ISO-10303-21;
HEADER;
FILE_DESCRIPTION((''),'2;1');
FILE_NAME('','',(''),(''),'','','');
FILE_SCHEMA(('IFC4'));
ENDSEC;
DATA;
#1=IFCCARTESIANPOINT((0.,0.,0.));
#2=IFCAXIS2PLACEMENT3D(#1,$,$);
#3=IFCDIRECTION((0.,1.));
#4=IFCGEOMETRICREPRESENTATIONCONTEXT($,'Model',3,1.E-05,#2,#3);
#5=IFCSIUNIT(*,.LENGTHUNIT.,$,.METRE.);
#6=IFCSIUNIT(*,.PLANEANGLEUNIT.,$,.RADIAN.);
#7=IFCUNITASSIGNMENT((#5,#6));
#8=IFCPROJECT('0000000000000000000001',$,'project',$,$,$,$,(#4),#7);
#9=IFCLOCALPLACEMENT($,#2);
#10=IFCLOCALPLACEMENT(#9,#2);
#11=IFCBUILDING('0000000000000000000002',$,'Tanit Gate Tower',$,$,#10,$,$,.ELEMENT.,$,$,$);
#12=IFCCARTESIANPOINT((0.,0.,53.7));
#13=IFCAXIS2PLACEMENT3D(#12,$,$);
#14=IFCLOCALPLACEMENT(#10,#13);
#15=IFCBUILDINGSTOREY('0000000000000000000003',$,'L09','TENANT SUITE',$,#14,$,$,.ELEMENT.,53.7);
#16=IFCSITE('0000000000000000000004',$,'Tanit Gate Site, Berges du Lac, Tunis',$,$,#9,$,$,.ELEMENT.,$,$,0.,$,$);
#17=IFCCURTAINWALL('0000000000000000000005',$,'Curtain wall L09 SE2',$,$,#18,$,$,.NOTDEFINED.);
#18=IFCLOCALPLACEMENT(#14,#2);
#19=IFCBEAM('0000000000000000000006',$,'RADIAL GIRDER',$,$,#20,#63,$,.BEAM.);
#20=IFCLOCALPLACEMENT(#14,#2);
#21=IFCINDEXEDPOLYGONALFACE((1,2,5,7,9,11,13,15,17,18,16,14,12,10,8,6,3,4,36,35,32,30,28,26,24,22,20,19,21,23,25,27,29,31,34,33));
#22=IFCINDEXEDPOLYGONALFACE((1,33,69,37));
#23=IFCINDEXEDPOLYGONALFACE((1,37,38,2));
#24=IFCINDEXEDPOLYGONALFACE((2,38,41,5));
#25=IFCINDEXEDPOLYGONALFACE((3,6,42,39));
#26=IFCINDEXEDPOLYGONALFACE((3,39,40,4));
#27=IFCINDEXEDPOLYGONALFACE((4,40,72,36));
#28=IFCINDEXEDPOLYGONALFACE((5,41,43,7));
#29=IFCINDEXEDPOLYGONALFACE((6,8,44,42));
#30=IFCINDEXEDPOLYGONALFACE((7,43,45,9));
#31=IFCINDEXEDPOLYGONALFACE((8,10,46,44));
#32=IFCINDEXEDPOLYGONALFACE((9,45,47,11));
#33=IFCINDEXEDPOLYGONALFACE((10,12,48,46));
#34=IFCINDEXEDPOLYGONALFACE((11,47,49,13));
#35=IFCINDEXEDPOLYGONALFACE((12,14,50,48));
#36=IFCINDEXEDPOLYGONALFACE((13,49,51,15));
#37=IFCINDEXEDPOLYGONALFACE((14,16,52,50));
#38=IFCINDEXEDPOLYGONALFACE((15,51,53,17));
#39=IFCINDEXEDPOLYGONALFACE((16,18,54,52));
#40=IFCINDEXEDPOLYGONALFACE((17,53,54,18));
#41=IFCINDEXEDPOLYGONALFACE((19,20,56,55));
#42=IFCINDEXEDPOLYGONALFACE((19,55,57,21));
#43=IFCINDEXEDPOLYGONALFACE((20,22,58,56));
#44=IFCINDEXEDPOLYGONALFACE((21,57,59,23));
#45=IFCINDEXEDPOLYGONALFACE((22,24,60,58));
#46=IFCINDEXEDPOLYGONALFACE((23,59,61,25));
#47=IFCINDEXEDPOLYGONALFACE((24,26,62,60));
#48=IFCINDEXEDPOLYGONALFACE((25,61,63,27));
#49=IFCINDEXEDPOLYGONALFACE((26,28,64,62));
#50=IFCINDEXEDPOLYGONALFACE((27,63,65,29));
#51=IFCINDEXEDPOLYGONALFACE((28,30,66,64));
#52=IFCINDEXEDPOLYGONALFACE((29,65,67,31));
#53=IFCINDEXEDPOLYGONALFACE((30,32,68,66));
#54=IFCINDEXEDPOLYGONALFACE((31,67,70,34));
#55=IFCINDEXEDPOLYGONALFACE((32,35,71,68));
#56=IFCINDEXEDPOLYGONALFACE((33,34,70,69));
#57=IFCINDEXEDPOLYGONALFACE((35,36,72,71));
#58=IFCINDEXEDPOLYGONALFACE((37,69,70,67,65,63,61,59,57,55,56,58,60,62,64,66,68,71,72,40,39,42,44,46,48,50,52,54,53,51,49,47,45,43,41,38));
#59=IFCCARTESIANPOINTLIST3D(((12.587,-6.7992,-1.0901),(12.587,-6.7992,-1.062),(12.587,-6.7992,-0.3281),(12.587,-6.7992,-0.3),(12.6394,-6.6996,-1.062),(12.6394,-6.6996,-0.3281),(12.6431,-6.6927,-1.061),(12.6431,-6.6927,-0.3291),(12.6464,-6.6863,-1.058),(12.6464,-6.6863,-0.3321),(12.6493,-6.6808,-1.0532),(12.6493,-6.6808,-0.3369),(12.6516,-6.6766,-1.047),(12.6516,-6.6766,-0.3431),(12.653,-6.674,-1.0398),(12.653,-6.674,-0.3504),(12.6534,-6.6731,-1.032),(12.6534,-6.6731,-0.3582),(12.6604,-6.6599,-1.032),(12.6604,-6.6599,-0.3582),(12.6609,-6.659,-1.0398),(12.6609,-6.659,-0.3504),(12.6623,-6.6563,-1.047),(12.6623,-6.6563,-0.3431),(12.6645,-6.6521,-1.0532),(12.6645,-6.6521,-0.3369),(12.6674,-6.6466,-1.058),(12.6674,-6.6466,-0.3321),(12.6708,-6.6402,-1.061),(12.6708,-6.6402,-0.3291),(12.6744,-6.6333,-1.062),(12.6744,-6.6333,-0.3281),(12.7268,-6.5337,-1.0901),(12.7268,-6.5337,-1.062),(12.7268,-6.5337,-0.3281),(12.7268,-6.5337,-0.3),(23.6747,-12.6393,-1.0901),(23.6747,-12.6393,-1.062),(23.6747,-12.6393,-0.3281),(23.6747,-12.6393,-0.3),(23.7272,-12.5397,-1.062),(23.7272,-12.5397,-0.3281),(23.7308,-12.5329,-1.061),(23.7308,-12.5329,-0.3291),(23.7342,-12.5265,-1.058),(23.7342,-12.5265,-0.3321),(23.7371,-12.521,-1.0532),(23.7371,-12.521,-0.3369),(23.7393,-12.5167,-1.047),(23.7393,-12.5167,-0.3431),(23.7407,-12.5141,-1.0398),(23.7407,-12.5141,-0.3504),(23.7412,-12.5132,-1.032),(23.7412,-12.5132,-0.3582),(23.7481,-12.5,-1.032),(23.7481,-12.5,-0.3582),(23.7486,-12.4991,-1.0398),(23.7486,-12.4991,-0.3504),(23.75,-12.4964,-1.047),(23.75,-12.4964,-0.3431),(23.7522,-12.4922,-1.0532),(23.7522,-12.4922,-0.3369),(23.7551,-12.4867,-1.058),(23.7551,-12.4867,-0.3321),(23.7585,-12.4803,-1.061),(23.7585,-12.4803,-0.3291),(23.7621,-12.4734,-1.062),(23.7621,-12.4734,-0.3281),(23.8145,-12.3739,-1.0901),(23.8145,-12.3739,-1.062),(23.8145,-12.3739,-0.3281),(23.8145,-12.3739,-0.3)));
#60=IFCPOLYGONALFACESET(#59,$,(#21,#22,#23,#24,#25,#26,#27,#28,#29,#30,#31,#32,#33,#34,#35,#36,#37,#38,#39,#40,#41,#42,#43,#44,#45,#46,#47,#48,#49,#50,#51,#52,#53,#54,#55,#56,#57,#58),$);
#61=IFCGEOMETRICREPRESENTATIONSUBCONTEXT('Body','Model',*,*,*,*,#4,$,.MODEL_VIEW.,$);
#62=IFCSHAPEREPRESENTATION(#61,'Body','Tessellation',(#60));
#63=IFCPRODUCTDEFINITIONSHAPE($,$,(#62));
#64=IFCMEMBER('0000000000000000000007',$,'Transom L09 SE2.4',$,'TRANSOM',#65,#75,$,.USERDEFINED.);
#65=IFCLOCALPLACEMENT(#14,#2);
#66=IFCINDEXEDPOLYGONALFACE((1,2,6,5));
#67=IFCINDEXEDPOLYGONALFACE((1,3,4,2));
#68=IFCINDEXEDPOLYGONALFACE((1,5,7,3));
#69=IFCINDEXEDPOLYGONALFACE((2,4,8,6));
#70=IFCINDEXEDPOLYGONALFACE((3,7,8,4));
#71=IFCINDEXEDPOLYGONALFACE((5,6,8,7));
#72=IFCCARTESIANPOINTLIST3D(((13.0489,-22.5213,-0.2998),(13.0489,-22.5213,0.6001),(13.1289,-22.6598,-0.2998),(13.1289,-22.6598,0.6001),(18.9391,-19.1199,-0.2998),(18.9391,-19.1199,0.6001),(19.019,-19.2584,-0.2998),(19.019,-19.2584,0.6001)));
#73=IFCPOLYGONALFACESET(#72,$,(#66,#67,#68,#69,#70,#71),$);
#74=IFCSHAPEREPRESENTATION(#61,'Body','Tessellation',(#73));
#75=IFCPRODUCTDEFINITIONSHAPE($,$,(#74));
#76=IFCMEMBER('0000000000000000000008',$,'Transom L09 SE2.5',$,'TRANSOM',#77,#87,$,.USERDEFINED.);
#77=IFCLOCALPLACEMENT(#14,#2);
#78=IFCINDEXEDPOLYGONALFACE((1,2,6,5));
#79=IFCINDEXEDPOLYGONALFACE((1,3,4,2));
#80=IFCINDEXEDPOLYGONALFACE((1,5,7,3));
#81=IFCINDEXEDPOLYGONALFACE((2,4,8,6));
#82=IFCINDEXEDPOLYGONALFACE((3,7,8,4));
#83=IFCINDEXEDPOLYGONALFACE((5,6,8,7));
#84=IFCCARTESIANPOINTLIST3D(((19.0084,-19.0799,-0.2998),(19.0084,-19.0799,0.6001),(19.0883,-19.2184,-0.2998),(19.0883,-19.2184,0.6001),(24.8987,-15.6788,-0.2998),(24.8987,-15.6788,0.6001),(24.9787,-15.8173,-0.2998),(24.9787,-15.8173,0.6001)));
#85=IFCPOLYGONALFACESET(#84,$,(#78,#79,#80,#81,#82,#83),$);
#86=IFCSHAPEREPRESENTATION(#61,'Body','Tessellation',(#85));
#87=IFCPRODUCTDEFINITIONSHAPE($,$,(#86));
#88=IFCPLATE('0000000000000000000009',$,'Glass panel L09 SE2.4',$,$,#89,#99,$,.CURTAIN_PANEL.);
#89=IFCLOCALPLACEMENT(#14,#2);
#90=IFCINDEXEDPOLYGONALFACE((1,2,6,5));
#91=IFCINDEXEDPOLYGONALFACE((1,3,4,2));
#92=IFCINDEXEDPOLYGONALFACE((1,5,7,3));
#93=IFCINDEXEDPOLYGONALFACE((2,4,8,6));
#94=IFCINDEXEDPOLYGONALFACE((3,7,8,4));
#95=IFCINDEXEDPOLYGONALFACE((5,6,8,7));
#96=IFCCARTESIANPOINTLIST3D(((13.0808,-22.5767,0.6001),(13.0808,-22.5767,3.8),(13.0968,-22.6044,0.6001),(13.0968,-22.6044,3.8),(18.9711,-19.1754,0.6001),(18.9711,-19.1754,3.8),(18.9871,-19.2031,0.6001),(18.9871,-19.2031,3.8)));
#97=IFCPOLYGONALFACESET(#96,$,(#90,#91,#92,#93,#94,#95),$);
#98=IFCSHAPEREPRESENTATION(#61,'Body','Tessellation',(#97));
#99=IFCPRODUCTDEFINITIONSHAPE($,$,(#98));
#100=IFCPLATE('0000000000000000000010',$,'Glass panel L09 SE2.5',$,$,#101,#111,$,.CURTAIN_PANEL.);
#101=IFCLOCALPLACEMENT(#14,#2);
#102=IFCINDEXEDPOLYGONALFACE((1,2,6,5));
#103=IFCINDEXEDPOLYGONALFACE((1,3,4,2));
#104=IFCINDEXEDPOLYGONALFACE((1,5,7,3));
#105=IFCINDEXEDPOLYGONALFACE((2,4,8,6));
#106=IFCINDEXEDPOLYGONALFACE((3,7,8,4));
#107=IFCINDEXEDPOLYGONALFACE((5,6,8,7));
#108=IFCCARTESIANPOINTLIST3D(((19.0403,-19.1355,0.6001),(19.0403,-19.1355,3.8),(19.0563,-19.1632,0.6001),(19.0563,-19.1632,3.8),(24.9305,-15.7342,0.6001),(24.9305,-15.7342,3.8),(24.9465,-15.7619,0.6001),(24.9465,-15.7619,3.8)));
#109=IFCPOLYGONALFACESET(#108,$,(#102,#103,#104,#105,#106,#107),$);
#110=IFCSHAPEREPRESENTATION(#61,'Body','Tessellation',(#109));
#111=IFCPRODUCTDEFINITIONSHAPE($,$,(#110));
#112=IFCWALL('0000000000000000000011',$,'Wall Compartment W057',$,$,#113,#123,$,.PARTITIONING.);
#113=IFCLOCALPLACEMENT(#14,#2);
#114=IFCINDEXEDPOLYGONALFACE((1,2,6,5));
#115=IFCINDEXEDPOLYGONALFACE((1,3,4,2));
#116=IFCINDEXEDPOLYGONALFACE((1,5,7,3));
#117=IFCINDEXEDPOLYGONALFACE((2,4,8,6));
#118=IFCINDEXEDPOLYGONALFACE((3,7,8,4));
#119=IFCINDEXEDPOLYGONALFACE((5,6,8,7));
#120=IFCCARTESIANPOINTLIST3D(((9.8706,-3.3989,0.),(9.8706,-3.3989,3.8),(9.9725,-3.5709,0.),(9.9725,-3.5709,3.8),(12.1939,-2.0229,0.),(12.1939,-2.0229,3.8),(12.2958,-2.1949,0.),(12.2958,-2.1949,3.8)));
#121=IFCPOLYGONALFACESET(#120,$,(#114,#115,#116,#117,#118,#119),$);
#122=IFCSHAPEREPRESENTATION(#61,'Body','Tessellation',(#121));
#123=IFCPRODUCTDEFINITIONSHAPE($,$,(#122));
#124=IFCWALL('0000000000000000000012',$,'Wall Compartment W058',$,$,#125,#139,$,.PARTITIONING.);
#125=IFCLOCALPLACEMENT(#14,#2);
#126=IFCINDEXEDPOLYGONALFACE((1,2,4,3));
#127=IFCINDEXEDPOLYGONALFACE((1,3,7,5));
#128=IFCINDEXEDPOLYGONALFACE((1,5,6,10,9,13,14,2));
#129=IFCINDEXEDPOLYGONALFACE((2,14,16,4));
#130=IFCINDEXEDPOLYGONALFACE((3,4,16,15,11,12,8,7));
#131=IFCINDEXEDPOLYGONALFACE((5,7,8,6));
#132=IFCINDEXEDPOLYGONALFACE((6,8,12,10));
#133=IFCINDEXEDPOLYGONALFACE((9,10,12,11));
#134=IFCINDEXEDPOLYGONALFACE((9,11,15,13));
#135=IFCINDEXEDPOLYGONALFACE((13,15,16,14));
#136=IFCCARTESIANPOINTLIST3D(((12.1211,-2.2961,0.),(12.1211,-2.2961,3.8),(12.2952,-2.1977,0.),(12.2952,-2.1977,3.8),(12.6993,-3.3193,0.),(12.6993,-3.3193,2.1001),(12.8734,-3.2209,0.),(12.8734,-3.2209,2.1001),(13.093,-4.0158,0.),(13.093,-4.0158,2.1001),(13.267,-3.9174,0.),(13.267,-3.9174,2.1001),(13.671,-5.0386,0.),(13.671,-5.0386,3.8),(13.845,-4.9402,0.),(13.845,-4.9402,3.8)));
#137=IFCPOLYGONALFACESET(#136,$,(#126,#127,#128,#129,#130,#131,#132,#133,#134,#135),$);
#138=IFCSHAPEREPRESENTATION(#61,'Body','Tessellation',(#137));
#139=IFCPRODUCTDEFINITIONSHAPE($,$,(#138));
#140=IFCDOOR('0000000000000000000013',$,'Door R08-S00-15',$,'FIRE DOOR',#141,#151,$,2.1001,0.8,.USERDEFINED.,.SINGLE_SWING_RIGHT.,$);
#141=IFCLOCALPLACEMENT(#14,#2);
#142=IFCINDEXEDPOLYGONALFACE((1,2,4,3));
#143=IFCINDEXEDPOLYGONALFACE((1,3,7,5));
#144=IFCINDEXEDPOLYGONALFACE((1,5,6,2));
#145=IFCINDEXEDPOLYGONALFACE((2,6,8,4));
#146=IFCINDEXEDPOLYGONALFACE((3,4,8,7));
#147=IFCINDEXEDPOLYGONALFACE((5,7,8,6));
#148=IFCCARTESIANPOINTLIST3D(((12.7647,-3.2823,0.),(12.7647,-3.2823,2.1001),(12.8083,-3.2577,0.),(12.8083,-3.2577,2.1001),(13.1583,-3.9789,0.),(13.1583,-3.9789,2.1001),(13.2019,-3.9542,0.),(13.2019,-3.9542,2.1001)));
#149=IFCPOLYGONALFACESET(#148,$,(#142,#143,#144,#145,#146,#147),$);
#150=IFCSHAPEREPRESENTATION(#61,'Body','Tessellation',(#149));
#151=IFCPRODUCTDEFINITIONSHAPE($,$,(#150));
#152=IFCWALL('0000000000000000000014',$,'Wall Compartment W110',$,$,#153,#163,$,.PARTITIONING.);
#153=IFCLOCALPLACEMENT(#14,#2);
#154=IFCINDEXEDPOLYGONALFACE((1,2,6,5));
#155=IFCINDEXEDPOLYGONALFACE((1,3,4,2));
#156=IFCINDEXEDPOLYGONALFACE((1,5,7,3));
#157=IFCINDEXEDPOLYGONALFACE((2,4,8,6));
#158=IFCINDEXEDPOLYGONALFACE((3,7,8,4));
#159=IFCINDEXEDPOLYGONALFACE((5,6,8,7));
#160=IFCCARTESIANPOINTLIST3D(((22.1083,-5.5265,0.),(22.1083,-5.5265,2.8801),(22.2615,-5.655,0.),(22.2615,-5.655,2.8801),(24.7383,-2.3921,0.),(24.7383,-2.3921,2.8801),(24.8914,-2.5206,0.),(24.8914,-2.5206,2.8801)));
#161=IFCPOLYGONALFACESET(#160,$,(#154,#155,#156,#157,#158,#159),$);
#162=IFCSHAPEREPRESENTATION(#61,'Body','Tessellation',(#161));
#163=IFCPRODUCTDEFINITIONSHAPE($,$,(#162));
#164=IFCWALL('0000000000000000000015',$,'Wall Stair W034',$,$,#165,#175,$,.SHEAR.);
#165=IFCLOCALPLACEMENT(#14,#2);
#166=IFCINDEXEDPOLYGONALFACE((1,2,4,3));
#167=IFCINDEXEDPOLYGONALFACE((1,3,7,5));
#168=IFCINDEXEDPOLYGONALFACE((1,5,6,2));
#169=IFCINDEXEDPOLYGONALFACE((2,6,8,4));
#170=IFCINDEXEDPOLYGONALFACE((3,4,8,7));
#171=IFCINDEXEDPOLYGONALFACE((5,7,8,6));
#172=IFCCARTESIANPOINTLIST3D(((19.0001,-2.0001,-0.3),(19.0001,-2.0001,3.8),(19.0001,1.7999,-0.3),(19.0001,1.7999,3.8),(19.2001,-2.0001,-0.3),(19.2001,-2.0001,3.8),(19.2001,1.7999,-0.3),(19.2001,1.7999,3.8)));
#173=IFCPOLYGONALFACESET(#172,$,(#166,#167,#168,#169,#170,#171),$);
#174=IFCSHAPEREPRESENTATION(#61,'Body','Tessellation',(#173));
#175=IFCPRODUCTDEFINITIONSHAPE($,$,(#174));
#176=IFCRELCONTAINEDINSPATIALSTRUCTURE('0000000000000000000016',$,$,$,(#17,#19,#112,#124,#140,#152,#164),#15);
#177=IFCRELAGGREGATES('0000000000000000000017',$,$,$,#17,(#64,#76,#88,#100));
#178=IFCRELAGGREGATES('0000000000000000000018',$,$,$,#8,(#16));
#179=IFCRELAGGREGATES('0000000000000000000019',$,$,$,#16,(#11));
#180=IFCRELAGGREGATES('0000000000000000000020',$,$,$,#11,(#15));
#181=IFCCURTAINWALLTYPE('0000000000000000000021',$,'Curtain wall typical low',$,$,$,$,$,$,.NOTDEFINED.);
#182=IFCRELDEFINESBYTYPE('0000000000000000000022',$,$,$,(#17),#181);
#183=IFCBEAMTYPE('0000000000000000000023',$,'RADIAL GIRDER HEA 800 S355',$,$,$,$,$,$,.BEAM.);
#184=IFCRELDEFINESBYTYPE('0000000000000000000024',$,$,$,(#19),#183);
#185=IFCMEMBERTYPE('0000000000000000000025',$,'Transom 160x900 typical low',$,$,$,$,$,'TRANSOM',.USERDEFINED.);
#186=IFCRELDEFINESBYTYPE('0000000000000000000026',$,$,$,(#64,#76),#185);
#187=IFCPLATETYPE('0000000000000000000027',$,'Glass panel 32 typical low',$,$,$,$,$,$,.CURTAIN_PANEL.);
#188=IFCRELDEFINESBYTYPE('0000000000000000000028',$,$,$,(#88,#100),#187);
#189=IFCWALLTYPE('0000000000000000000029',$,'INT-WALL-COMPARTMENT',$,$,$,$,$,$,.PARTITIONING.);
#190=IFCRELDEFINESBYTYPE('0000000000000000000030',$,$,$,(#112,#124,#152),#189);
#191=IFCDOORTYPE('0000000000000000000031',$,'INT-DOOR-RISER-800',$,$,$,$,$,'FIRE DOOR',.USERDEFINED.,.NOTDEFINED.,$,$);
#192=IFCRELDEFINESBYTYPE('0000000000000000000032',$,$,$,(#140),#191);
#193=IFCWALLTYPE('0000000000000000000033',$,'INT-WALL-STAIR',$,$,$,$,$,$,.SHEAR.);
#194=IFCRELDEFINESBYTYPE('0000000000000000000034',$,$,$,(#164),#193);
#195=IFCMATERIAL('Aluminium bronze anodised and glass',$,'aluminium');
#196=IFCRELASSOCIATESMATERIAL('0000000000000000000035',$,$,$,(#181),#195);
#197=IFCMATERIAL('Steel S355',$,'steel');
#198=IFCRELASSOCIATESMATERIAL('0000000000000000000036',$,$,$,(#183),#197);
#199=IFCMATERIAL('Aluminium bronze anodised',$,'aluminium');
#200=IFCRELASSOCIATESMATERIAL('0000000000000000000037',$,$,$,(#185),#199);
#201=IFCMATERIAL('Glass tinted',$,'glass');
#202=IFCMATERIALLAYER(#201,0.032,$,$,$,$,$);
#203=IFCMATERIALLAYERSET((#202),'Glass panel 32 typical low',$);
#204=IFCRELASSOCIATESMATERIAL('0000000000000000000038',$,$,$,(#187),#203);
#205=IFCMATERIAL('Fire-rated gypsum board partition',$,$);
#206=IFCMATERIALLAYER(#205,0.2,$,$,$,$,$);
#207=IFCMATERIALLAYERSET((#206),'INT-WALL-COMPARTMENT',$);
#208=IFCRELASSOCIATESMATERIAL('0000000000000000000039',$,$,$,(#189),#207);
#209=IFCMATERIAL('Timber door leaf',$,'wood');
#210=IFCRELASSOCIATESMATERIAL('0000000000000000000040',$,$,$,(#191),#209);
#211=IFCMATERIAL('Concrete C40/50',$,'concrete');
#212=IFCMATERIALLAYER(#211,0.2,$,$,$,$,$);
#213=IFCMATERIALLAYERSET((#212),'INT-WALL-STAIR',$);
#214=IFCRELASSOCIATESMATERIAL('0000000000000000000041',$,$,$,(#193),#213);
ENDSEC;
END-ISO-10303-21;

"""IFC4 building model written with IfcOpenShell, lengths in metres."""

from ifc_helpers import new_model, si_unit, direction, frame, frame_2d, origin, origin_2d, place, context, subcontext, project, spatial, rectangle, i_section, extrude, material, layer, layer_set, material_profile, profile_set, type_object, element, fill, aggregate, save


model = new_model("IFC4")

# Units and contexts
model_context = context("Model", 3, precision=1e-05, world=origin(), true_north=direction((0.0, 1.0)))
body_context = subcontext(model_context, "Body", "Model", "MODEL_VIEW")
ifc_project = project(units=[si_unit("LENGTHUNIT", "METRE"), si_unit("PLANEANGLEUNIT", "RADIAN")], contexts=[model_context])

# Site, building, storey
site_placement = place(None, origin())
site = spatial("IfcSite", under=ifc_project, at=site_placement, Name="Tanit Gate Site, Berges du Lac, Tunis", CompositionType="ELEMENT", RefElevation=0.0)
building_placement = place(site_placement, origin())
building = spatial("IfcBuilding", under=site, at=building_placement, Name="Tanit Gate Tower", CompositionType="ELEMENT")
storey_placement = place(building_placement, frame((0.0, 0.0, 53.7)))
storey = spatial("IfcBuildingStorey", under=building, at=storey_placement, Name="L09", Description="TENANT SUITE", CompositionType="ELEMENT", Elevation=53.7)

# Curtain wall
ifc_material_1 = material(Name="Aluminium bronze anodised and glass", Category="aluminium")
curtain_wall_type = type_object("IfcCurtainWallType", Name="Curtain wall typical low", PredefinedType="NOTDEFINED", material=ifc_material_1)
curtain_wall_placement = place(storey_placement, origin())
curtain_wall = element("IfcCurtainWall", 1, at=curtain_wall_placement, inside=storey, type_object=curtain_wall_type, Name="Curtain wall L09 SE2", PredefinedType="NOTDEFINED")

# Beam
ifc_material_2 = material(Name="Steel S355", Category="steel")
ifc_material_profile_1 = material_profile(ifc_material_2, i_section(OverallWidth=0.3, OverallDepth=0.79, WebThickness=0.0149, FlangeThickness=0.0281, FilletRadius=0.03, at=origin_2d()), Name="HEA 800")
ifc_profile_set_1 = profile_set([ifc_material_profile_1], Name="Steel S355")
beam_type_1 = type_object("IfcBeamType", Name="RADIAL GIRDER HEA 800 S355", PredefinedType="BEAM", material=ifc_profile_set_1)
beam_1_placement = place(storey_placement, frame((23.7446, -12.5066, -0.6951), z_axis=(-0.884771, 0.466027, 0.0), x_axis=(-0.466027, -0.884771, 0.0)))
element("IfcBeam", 2, at=beam_1_placement, inside=storey, type_object=beam_type_1, Name="RADIAL GIRDER", PredefinedType="BEAM", context=body_context, shape_type="SweptSolid", body=[
    extrude(i_section(OverallWidth=0.3, OverallDepth=0.79, WebThickness=0.0149, FlangeThickness=0.0281, FilletRadius=0.03, at=origin_2d()), origin(), (0.0, 0.0, 1.0), 12.5317),
])

# Members
ifc_material_3 = material(Name="Aluminium bronze anodised", Category="aluminium")
ifc_material_profile_2 = material_profile(ifc_material_3, rectangle(XDim=0.1599, YDim=0.8999, at=origin_2d()), Name="160x900 bronze transom")
ifc_profile_set_2 = profile_set([ifc_material_profile_2], Name="Aluminium bronze anodised")
member_type_1 = type_object("IfcMemberType", Name="Transom 160x900 typical low", ElementType="TRANSOM", PredefinedType="USERDEFINED", material=ifc_profile_set_2)
member_1_placement = place(storey_placement, frame((13.0889, -22.5906, 0.1501), z_axis=(0.865981, 0.500077, 0.0), x_axis=(-0.500077, 0.865981, 0.0)))
member_1 = element("IfcMember", 3, at=member_1_placement, type_object=member_type_1, Name="Transom L09 SE2.4", ObjectType="TRANSOM", PredefinedType="USERDEFINED", context=body_context, shape_type="SweptSolid", body=[
    extrude(rectangle(XDim=0.1599, YDim=0.8999, at=origin_2d()), origin(), (0.0, 0.0, 1.0), 6.8018),
])
member_2_placement = place(storey_placement, frame((19.0483, -19.1492, 0.1501), z_axis=(0.866006, 0.500034, 0.0), x_axis=(-0.500034, 0.866006, 0.0)))
member_2 = element("IfcMember", 4, at=member_2_placement, type_object=member_type_1, Name="Transom L09 SE2.5", ObjectType="TRANSOM", PredefinedType="USERDEFINED", context=body_context, shape_type="SweptSolid", body=[
    extrude(rectangle(XDim=0.1599, YDim=0.8999, at=origin_2d()), origin(), (0.0, 0.0, 1.0), 6.8018),
])

# Plates
ifc_material_4 = material(Name="Glass tinted", Category="glass")
ifc_layer_1 = layer(ifc_material_4, 0.032)
ifc_layer_set_1 = layer_set([ifc_layer_1], Name="Glass panel 32 typical low")
plate_type = type_object("IfcPlateType", Name="Glass panel 32 typical low", PredefinedType="CURTAIN_PANEL", material=ifc_layer_set_1)
plate_1_placement = place(storey_placement, frame((16.0339, -20.8899, 0.6001), z_axis=(0.0, 0.0, 1.0), x_axis=(0.865991, 0.50006, 0.0)))
plate_1 = element("IfcPlate", 5, at=plate_1_placement, type_object=plate_type, Name="Glass panel L09 SE2.4", PredefinedType="CURTAIN_PANEL", context=body_context, shape_type="SweptSolid", body=[
    extrude(rectangle(XDim=6.8018, YDim=0.032, at=origin_2d()), origin(), (0.0, 0.0, 1.0), 3.2),
])
plate_2_placement = place(storey_placement, frame((21.9934, -17.4487, 0.6001), z_axis=(0.0, 0.0, 1.0), x_axis=(0.865991, 0.50006, 0.0)))
plate_2 = element("IfcPlate", 6, at=plate_2_placement, type_object=plate_type, Name="Glass panel L09 SE2.5", PredefinedType="CURTAIN_PANEL", context=body_context, shape_type="SweptSolid", body=[
    extrude(rectangle(XDim=6.8018, YDim=0.032, at=origin_2d()), origin(), (0.0, 0.0, 1.0), 3.2),
])
aggregate(curtain_wall, [member_1, member_2, plate_1, plate_2])

# Wall
ifc_material_5 = material(Name="Fire-rated gypsum board partition")
ifc_layer_2 = layer(ifc_material_5, 0.2)
ifc_layer_set_2 = layer_set([ifc_layer_2], Name="INT-WALL-COMPARTMENT")
wall_type_1 = type_object("IfcWallType", Name="INT-WALL-COMPARTMENT", PredefinedType="PARTITIONING", material=ifc_layer_set_2)
wall_1_placement = place(storey_placement, frame((12.2449, -2.1089, 0.0), z_axis=(0.0, 0.0, 1.0), x_axis=(-0.860415, -0.509594, 0.0)))
element("IfcWall", 7, at=wall_1_placement, inside=storey, type_object=wall_type_1, Name="Wall Compartment W057", PredefinedType="PARTITIONING", context=body_context, shape_type="SweptSolid", body=[
    extrude(rectangle(XDim=2.7002, YDim=0.2, at=frame_2d((1.3501, 0.0))), origin(), (0.0, 0.0, 1.0), 3.8),
])

# Wall, opening, door
wall_2_placement = place(storey_placement, frame((13.7581, -4.9895, 0.0), z_axis=(0.0, 0.0, 1.0), x_axis=(-0.491993, 0.870599, 0.0)))
wall_2 = element("IfcWall", 8, at=wall_2_placement, inside=storey, type_object=wall_type_1, Name="Wall Compartment W058", PredefinedType="PARTITIONING", context=body_context, shape_type="SweptSolid", body=[
    extrude(rectangle(XDim=3.1501, YDim=0.2, at=frame_2d((1.5752, 0.0))), origin(), (0.0, 0.0, 1.0), 3.8),
])
opening_1_placement = place(wall_2_placement, frame((1.175, 0.0, 0.0)))
opening_1 = element("IfcOpeningElement", 9, at=opening_1_placement, cuts=wall_2, PredefinedType="OPENING", context=body_context, shape_type="SweptSolid", body=[
    extrude(rectangle(XDim=0.8, YDim=2.1001, at=frame_2d((0.3999, 1.05))), frame((0.0, 0.1099, 0.0), z_axis=(0.0, -1.0, 0.0), x_axis=(1.0, 0.0, 0.0)), (0.0, 0.0, 1.0), 0.22),
])
ifc_material_6 = material(Name="Timber door leaf", Category="wood")
door_type_1 = type_object("IfcDoorType", Name="INT-DOOR-RISER-800", ElementType="FIRE DOOR", OperationType="NOTDEFINED", PredefinedType="USERDEFINED", material=ifc_material_6)
door_1_placement = place(opening_1_placement, origin())
door_1 = element("IfcDoor", 10, at=door_1_placement, inside=storey, type_object=door_type_1, Name="Door R08-S00-15", ObjectType="FIRE DOOR", OperationType="SINGLE_SWING_RIGHT", OverallHeight=2.1001, OverallWidth=0.8, PredefinedType="USERDEFINED", context=body_context, shape_type="SweptSolid", body=[
    extrude(rectangle(XDim=0.8, YDim=2.1001, at=frame_2d((0.3999, 1.05))), frame((0.0, 0.0249, 0.0), z_axis=(0.0, -1.0, 0.0), x_axis=(1.0, 0.0, 0.0)), (0.0, 0.0, 1.0), 0.05),
])
fill(opening_1, door_1)

# Walls
wall_3_placement = place(storey_placement, frame((22.1848, -5.5908, 0.0), z_axis=(0.0, 0.0, 1.0), x_axis=(0.642775, 0.766055, 0.0)))
element("IfcWall", 11, at=wall_3_placement, inside=storey, type_object=wall_type_1, Name="Wall Compartment W110", PredefinedType="PARTITIONING", context=body_context, shape_type="SweptSolid", body=[
    extrude(rectangle(XDim=4.0916, YDim=0.2, at=frame_2d((2.0459, 0.0))), origin(), (0.0, 0.0, 1.0), 2.8801),
])
ifc_material_7 = material(Name="Concrete C40/50", Category="concrete")
ifc_layer_3 = layer(ifc_material_7, 0.2)
ifc_layer_set_3 = layer_set([ifc_layer_3], Name="INT-WALL-STAIR")
wall_type_2 = type_object("IfcWallType", Name="INT-WALL-STAIR", PredefinedType="SHEAR", material=ifc_layer_set_3)
wall_4_placement = place(storey_placement, frame((19.1001, -2.0, -0.3), z_axis=(0.0, 0.0, 1.0), x_axis=(0.0, 1.0, 0.0)))
element("IfcWall", 12, at=wall_4_placement, inside=storey, type_object=wall_type_2, Name="Wall Stair W034", PredefinedType="SHEAR", context=body_context, shape_type="SweptSolid", body=[
    extrude(rectangle(XDim=3.8, YDim=0.2, at=frame_2d((1.8999, 0.0))), origin(), (0.0, 0.0, 1.0), 4.1001),
])

save(model, "model.ifc")
